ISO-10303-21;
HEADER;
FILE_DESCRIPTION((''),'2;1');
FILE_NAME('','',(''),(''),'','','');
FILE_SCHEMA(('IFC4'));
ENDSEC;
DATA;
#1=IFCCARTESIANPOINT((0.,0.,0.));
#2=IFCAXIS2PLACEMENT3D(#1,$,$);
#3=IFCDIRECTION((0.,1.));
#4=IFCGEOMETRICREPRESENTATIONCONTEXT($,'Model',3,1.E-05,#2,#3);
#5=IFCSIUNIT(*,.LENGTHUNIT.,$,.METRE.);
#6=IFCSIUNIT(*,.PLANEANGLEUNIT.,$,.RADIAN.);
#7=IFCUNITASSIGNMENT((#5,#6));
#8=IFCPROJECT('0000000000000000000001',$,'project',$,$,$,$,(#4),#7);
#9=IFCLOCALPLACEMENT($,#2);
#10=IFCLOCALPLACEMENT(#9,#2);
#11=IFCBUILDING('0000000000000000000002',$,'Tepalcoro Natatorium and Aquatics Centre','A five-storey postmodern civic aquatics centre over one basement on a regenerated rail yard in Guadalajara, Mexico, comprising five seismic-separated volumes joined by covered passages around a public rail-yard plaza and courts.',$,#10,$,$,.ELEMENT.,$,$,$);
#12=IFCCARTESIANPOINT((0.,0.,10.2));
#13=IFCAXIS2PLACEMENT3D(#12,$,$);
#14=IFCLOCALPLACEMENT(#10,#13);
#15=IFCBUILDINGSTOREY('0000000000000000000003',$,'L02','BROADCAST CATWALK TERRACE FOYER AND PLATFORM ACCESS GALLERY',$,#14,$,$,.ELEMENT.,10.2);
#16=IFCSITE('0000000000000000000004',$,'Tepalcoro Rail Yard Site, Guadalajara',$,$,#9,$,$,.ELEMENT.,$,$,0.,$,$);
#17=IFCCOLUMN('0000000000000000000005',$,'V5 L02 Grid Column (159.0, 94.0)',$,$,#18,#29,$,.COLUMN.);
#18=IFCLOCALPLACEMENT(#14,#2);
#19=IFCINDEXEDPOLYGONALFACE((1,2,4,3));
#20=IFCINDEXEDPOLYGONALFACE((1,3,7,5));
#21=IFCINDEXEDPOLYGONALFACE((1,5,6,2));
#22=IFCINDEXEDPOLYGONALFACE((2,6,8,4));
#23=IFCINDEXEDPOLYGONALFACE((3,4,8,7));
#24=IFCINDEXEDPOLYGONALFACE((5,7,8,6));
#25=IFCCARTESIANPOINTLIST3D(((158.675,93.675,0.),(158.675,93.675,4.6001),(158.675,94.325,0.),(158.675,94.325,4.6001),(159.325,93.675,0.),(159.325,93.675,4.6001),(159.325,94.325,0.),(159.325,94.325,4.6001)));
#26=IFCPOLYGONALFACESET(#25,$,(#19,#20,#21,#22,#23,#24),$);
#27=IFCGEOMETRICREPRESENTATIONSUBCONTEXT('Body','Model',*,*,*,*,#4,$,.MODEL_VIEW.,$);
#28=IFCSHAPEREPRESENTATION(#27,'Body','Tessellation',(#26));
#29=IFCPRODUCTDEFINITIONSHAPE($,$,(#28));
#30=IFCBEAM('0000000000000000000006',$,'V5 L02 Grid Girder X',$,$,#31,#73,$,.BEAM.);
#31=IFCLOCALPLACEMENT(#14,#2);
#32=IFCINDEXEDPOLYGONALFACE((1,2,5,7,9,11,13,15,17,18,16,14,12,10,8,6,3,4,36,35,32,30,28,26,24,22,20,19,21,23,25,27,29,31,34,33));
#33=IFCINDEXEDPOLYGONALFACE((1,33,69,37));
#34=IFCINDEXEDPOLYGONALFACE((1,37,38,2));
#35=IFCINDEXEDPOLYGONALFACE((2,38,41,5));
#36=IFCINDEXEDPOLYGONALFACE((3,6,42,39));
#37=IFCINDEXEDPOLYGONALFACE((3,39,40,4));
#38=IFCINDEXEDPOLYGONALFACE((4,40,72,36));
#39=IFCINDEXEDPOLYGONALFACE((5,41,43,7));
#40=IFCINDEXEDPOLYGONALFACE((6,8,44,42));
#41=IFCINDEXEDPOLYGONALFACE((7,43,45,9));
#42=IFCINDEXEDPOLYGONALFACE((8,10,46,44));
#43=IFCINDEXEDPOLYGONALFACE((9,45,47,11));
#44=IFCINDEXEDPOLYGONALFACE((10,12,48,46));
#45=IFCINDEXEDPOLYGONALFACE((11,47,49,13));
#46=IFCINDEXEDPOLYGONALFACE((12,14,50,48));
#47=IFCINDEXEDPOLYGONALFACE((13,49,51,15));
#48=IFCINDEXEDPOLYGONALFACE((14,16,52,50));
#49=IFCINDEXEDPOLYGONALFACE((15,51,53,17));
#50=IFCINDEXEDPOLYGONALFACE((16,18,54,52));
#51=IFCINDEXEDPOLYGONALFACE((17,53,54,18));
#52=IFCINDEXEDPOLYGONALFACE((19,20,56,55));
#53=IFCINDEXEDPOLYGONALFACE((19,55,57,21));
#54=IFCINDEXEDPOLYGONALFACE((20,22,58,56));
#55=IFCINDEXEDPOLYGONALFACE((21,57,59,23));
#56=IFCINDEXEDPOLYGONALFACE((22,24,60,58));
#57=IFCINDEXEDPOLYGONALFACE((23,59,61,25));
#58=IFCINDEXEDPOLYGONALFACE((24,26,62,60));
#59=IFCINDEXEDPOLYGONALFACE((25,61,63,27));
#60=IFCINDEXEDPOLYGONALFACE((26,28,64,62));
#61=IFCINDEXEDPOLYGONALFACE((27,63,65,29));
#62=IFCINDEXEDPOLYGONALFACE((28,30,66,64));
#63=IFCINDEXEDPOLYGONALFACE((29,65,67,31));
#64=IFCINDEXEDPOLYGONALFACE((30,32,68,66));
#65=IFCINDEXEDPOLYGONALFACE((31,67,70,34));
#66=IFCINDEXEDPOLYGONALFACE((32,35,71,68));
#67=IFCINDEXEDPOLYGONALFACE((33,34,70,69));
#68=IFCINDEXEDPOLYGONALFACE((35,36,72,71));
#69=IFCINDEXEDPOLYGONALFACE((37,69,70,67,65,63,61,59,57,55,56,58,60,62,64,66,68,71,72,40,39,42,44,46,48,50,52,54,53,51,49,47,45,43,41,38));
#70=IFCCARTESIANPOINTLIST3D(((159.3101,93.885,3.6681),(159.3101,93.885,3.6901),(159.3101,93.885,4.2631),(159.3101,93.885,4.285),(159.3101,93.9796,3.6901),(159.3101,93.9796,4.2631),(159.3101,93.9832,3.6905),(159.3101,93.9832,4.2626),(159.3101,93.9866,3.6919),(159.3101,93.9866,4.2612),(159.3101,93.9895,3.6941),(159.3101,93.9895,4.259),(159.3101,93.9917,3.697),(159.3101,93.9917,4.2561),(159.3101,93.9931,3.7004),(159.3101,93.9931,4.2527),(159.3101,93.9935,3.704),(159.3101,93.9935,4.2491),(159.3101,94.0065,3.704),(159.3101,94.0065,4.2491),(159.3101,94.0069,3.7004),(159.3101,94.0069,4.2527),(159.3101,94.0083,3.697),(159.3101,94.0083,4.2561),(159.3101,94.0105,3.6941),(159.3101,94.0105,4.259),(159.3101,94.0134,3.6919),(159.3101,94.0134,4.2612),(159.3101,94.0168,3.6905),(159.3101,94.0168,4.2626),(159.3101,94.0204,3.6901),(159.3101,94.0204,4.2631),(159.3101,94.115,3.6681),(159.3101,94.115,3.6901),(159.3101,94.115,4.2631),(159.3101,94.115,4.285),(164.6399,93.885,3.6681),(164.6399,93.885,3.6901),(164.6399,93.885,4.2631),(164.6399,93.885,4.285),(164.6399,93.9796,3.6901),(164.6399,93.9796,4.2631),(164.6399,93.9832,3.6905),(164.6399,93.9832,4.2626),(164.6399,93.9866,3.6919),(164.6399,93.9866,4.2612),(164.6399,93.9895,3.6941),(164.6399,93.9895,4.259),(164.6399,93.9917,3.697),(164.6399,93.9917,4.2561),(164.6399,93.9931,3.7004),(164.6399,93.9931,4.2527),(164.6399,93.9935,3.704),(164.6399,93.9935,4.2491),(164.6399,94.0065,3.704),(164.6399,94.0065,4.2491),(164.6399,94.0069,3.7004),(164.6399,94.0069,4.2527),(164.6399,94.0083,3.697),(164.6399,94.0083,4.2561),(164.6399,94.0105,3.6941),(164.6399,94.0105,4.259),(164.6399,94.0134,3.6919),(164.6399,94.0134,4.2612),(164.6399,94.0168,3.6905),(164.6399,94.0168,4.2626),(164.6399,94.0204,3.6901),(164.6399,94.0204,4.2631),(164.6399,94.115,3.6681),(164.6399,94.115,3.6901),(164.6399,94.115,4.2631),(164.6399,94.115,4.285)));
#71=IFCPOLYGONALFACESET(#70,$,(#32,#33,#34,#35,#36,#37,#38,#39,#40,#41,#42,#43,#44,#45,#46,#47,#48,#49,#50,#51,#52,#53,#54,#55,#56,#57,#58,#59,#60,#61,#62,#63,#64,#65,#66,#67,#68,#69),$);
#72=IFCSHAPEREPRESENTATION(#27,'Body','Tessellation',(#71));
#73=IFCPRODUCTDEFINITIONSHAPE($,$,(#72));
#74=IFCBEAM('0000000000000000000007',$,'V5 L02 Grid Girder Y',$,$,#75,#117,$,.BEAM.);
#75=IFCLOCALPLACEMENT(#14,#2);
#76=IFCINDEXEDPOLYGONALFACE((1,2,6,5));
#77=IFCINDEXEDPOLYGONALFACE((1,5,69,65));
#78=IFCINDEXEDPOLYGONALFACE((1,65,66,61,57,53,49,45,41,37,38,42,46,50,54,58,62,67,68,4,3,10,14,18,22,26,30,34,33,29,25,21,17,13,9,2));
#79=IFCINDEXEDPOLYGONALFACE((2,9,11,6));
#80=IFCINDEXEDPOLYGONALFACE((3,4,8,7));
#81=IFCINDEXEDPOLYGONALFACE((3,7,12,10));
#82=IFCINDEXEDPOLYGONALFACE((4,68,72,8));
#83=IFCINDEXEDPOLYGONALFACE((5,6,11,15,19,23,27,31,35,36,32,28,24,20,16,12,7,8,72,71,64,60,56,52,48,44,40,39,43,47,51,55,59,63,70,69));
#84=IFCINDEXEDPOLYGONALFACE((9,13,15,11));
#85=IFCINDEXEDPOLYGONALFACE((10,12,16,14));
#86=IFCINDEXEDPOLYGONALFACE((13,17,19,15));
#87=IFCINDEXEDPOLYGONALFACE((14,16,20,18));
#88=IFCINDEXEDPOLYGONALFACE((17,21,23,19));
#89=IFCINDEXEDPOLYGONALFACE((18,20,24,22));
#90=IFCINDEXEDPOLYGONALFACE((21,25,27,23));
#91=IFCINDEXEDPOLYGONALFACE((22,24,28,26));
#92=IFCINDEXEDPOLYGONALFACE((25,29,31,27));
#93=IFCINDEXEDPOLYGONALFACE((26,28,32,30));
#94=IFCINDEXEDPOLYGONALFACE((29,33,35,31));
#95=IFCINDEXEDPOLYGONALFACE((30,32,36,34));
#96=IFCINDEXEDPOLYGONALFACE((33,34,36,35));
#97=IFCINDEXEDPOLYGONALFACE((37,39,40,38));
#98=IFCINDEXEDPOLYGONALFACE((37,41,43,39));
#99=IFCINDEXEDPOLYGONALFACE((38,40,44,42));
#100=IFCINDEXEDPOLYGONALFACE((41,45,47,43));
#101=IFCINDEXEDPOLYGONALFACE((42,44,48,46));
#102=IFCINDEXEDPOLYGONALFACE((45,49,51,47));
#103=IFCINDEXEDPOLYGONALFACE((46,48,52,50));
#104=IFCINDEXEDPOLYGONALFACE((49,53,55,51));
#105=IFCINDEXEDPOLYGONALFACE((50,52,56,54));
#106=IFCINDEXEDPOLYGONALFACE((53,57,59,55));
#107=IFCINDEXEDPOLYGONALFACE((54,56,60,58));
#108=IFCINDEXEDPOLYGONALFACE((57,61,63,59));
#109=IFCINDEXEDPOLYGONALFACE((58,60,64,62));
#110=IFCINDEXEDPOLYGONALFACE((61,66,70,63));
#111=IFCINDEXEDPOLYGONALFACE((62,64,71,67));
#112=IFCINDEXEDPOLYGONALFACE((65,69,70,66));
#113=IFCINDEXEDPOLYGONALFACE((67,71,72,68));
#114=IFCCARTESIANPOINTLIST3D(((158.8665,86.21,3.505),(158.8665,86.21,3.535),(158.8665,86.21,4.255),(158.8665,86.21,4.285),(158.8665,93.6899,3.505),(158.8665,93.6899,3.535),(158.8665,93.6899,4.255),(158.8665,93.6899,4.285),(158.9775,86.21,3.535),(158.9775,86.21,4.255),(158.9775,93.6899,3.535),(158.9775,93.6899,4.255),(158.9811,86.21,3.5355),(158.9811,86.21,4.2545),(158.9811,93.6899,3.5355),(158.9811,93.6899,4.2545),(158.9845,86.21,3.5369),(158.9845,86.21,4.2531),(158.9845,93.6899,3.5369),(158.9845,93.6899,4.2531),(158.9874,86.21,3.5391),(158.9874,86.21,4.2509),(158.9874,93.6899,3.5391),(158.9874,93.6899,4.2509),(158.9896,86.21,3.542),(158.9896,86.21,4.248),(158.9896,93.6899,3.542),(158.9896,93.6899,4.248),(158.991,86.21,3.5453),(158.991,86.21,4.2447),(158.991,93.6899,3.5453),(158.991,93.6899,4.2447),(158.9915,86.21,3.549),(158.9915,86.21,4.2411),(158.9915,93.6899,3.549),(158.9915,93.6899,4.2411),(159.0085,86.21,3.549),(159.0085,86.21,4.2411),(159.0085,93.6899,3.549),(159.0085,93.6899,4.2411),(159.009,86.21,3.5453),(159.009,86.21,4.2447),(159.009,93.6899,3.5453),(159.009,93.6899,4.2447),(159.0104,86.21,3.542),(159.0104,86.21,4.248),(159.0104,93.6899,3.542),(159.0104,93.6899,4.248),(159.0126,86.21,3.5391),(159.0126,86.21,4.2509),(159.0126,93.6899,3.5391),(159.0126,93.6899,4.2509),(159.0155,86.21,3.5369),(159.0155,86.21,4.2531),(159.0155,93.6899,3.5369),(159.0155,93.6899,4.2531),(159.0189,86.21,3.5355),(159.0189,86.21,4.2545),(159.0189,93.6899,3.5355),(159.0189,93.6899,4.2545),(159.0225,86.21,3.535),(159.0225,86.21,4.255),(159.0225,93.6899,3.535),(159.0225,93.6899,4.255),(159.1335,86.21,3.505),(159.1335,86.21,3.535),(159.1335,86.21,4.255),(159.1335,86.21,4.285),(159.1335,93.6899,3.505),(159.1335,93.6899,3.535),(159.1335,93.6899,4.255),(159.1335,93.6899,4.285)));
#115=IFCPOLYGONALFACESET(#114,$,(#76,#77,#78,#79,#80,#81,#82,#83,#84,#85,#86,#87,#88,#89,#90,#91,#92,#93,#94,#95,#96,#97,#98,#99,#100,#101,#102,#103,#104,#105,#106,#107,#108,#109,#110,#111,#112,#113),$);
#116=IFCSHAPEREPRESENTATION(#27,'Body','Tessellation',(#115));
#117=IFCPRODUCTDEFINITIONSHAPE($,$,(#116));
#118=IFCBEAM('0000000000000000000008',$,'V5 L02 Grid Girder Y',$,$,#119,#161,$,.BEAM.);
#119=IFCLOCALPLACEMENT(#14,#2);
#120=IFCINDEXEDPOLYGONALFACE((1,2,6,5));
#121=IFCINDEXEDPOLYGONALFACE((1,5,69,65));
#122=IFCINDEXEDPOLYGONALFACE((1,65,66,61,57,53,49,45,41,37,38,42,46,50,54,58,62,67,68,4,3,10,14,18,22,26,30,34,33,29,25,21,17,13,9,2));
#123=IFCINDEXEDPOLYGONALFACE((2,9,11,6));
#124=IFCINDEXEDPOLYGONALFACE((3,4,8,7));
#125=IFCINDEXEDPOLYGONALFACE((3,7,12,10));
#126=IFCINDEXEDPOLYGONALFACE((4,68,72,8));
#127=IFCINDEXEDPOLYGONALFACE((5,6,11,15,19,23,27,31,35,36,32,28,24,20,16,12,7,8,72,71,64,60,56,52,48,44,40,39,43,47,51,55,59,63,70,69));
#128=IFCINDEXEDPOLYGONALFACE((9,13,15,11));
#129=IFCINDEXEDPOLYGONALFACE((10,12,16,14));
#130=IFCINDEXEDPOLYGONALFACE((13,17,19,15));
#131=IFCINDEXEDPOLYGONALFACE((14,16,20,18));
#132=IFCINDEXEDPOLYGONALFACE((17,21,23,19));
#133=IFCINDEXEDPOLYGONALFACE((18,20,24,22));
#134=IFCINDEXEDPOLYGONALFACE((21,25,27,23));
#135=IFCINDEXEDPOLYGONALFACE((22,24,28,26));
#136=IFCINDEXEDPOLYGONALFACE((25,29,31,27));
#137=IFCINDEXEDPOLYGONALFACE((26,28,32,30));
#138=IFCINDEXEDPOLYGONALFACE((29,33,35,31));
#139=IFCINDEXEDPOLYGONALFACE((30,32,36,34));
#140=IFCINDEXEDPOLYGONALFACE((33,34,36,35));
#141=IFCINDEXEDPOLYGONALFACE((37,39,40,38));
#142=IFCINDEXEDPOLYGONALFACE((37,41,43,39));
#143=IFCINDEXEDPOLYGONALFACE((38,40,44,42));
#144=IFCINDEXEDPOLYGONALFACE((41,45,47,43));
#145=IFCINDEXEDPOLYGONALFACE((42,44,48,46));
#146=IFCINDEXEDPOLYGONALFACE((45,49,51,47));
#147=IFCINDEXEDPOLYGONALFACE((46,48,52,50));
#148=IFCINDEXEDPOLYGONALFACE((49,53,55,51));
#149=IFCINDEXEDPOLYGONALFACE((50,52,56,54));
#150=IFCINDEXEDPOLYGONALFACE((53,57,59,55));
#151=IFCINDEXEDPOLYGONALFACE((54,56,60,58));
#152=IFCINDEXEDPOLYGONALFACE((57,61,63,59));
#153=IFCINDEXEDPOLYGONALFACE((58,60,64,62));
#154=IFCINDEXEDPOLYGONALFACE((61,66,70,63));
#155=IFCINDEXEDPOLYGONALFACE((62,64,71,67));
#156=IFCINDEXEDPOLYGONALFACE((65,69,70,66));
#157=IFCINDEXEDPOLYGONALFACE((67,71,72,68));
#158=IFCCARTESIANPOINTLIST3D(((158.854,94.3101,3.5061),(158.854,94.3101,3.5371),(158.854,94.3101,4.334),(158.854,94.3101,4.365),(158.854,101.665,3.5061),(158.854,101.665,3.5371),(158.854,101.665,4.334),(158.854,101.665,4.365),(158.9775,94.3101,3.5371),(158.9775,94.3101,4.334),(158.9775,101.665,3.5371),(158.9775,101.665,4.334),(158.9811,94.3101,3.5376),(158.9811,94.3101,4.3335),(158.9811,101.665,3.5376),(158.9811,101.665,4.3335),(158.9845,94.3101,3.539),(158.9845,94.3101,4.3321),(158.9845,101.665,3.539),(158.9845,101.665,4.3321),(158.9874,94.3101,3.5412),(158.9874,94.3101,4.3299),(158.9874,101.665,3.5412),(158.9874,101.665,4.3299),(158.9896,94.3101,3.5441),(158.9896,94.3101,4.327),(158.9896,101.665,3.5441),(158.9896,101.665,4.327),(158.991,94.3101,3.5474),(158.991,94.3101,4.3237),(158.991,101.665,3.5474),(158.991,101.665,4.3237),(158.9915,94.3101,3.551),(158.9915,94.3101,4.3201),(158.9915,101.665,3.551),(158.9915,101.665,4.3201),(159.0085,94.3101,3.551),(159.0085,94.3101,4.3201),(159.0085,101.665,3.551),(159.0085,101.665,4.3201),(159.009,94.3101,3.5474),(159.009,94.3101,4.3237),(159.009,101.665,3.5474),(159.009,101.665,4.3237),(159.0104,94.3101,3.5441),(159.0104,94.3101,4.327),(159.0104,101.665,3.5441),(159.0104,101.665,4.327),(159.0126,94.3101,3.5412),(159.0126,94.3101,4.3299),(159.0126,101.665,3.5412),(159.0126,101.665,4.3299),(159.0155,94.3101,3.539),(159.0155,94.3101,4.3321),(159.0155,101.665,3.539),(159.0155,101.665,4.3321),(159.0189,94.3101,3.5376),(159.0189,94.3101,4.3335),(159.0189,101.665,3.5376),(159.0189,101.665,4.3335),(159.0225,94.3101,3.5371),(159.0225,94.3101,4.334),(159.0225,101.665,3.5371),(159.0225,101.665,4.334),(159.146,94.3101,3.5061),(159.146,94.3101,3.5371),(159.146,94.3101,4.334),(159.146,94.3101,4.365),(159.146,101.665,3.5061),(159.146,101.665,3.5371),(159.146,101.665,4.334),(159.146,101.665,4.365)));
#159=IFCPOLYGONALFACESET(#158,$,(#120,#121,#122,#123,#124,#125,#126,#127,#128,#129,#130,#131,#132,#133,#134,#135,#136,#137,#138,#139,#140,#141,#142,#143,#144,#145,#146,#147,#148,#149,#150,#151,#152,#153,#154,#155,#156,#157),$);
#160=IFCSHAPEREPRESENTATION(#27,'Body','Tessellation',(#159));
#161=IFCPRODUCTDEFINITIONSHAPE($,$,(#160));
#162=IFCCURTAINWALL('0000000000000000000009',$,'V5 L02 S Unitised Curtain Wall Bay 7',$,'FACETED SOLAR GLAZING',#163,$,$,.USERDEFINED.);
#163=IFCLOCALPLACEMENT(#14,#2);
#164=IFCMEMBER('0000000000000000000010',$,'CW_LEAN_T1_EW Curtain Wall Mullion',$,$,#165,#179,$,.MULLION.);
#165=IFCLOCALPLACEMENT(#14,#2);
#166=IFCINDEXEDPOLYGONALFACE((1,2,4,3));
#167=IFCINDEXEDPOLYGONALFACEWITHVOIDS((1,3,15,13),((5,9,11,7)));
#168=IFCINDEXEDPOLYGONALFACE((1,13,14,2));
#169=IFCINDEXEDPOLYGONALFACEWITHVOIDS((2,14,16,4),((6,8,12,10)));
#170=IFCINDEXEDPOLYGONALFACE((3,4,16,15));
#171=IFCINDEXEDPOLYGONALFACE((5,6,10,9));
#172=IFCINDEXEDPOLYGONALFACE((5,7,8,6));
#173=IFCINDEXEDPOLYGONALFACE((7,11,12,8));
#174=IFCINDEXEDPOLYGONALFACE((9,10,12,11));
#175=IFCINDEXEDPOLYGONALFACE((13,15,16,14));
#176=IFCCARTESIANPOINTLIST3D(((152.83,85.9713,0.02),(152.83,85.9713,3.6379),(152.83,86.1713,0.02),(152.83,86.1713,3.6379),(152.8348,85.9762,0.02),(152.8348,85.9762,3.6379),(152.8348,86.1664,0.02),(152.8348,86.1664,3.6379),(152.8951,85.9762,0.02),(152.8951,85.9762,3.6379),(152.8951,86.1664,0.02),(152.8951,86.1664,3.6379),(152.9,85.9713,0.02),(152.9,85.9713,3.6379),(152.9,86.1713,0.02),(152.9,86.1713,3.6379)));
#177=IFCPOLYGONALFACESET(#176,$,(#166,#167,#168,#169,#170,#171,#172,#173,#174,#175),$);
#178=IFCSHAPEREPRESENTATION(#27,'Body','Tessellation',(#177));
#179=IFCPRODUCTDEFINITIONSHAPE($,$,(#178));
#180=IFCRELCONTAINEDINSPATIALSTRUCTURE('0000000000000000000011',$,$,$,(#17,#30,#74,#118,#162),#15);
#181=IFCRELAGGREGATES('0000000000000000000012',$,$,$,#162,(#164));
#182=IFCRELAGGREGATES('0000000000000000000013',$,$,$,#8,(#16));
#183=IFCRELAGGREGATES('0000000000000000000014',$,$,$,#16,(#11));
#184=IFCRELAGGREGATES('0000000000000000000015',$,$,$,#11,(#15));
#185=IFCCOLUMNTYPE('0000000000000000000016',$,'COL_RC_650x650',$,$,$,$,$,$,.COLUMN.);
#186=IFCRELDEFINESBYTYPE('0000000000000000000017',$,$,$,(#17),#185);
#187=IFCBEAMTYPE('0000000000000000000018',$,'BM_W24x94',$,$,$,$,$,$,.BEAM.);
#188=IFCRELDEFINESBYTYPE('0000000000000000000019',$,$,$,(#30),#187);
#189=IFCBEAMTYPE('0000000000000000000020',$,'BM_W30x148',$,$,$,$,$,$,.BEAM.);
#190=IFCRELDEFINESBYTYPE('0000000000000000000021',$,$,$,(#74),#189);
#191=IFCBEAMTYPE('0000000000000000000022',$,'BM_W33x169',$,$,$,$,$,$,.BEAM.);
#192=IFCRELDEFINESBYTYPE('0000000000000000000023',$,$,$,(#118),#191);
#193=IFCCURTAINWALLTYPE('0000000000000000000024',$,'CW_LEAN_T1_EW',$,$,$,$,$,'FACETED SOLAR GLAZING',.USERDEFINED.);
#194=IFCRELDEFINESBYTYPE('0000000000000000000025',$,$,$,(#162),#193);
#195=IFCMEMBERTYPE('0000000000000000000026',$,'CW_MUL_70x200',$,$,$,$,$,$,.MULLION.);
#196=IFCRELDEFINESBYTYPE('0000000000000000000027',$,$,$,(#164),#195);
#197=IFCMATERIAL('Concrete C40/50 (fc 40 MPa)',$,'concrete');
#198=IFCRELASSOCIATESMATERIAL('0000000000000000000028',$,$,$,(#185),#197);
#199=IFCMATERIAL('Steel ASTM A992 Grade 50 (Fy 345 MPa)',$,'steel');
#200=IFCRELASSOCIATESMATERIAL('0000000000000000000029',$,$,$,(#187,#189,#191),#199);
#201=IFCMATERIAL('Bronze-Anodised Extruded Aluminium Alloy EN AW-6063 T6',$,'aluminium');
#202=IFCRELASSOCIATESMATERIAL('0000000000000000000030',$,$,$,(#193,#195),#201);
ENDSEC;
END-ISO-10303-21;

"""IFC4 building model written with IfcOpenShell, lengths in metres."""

from ifc_helpers import new_model, si_unit, direction, frame, origin, origin_2d, place, context, subcontext, project, spatial, rectangle, hollow_rectangle, i_section, extrude, material, material_profile, profile_set, type_object, element, aggregate, save


model = new_model("IFC4")

# Units and contexts
model_context = context("Model", 3, precision=1e-05, world=origin(), true_north=direction((0.0, 1.0)))
body_context = subcontext(model_context, "Body", "Model", "MODEL_VIEW")
ifc_project = project(units=[si_unit("LENGTHUNIT", "METRE"), si_unit("PLANEANGLEUNIT", "RADIAN")], contexts=[model_context])

# Site, building, storey
site_placement = place(None, origin())
site = spatial("IfcSite", under=ifc_project, at=site_placement, Name="Tepalcoro Rail Yard Site, Guadalajara", CompositionType="ELEMENT", RefElevation=0.0)
building_placement = place(site_placement, origin())
building = spatial("IfcBuilding", under=site, at=building_placement, Name="Tepalcoro Natatorium and Aquatics Centre", Description="A five-storey postmodern civic aquatics centre over one basement on a regenerated rail yard in Guadalajara, Mexico, comprising five seismic-separated volumes joined by covered passages around a public rail-yard plaza and courts.", CompositionType="ELEMENT")
storey_placement = place(building_placement, frame((0.0, 0.0, 10.2)))
storey = spatial("IfcBuildingStorey", under=building, at=storey_placement, Name="L02", Description="BROADCAST CATWALK TERRACE FOYER AND PLATFORM ACCESS GALLERY", CompositionType="ELEMENT", Elevation=10.2)

# Column
ifc_material_1 = material(Name="Concrete C40/50 (fc 40 MPa)", Category="concrete")
ifc_material_profile_1 = material_profile(ifc_material_1, rectangle(XDim=0.6499, YDim=0.6499, at=origin_2d()), Name="RC650x650")
ifc_profile_set_1 = profile_set([ifc_material_profile_1], Name="Concrete C40/50 (fc 40 MPa)")
column_type = type_object("IfcColumnType", Name="COL_RC_650x650", PredefinedType="COLUMN", material=ifc_profile_set_1)
column_placement = place(storey_placement, frame((159.0, 94.0, 0.0), z_axis=(0.0, 0.0, 1.0), x_axis=(1.0, 0.0, 0.0)))
element("IfcColumn", 1, at=column_placement, inside=storey, type_object=column_type, Name="V5 L02 Grid Column (159.0, 94.0)", PredefinedType="COLUMN", context=body_context, shape_type="SweptSolid", body=[
    extrude(rectangle(XDim=0.6499, YDim=0.6499, at=origin_2d()), origin(), (0.0, 0.0, 1.0), 4.6001),
])

# Beams
ifc_material_2 = material(Name="Steel ASTM A992 Grade 50 (Fy 345 MPa)", Category="steel")
ifc_material_profile_2 = material_profile(ifc_material_2, i_section(OverallWidth=0.23, OverallDepth=0.6169, WebThickness=0.0129, FlangeThickness=0.022, FilletRadius=0.0139, at=origin_2d()), Name="W24X94")
ifc_profile_set_2 = profile_set([ifc_material_profile_2], Name="Steel ASTM A992 Grade 50 (Fy 345 MPa)")
beam_type_1 = type_object("IfcBeamType", Name="BM_W24x94", PredefinedType="BEAM", material=ifc_profile_set_2)
beam_1_placement = place(storey_placement, frame((159.3101, 94.0, 3.9766), z_axis=(1.0, 0.0, 0.0), x_axis=(0.0, 1.0, 0.0)))
element("IfcBeam", 2, at=beam_1_placement, inside=storey, type_object=beam_type_1, Name="V5 L02 Grid Girder X", PredefinedType="BEAM", context=body_context, shape_type="SweptSolid", body=[
    extrude(i_section(OverallWidth=0.23, OverallDepth=0.6169, WebThickness=0.0129, FlangeThickness=0.022, FilletRadius=0.0139, at=origin_2d()), origin(), (0.0, 0.0, 1.0), 5.3298),
])
ifc_material_profile_3 = material_profile(ifc_material_2, i_section(OverallWidth=0.2671, OverallDepth=0.78, WebThickness=0.0171, FlangeThickness=0.03, FilletRadius=0.0139, at=origin_2d()), Name="W30X148")
ifc_profile_set_3 = profile_set([ifc_material_profile_3], Name="Steel ASTM A992 Grade 50 (Fy 345 MPa)")
beam_type_2 = type_object("IfcBeamType", Name="BM_W30x148", PredefinedType="BEAM", material=ifc_profile_set_3)
beam_2_placement = place(storey_placement, frame((159.0, 86.21, 3.895), z_axis=(0.0, 1.0, 0.0), x_axis=(-1.0, 0.0, 0.0)))
element("IfcBeam", 3, at=beam_2_placement, inside=storey, type_object=beam_type_2, Name="V5 L02 Grid Girder Y", PredefinedType="BEAM", context=body_context, shape_type="SweptSolid", body=[
    extrude(i_section(OverallWidth=0.2671, OverallDepth=0.78, WebThickness=0.0171, FlangeThickness=0.03, FilletRadius=0.0139, at=origin_2d()), origin(), (0.0, 0.0, 1.0), 7.48),
])
ifc_material_profile_4 = material_profile(ifc_material_2, i_section(OverallWidth=0.292, OverallDepth=0.8589, WebThickness=0.0171, FlangeThickness=0.031, FilletRadius=0.0139, at=origin_2d()), Name="W33X169")
ifc_profile_set_4 = profile_set([ifc_material_profile_4], Name="Steel ASTM A992 Grade 50 (Fy 345 MPa)")
beam_type_3 = type_object("IfcBeamType", Name="BM_W33x169", PredefinedType="BEAM", material=ifc_profile_set_4)
beam_3_placement = place(storey_placement, frame((159.0, 94.3101, 3.9355), z_axis=(0.0, 1.0, 0.0), x_axis=(-1.0, 0.0, 0.0)))
element("IfcBeam", 4, at=beam_3_placement, inside=storey, type_object=beam_type_3, Name="V5 L02 Grid Girder Y", PredefinedType="BEAM", context=body_context, shape_type="SweptSolid", body=[
    extrude(i_section(OverallWidth=0.292, OverallDepth=0.8589, WebThickness=0.0171, FlangeThickness=0.031, FilletRadius=0.0139, at=origin_2d()), origin(), (0.0, 0.0, 1.0), 7.355),
])

# Curtain wall, member
ifc_material_3 = material(Name="Bronze-Anodised Extruded Aluminium Alloy EN AW-6063 T6", Category="aluminium")
curtain_wall_type_1 = type_object("IfcCurtainWallType", Name="CW_LEAN_T1_EW", ElementType="FACETED SOLAR GLAZING", PredefinedType="USERDEFINED", material=ifc_material_3)
curtain_wall_1_placement = place(storey_placement, origin())
curtain_wall_1 = element("IfcCurtainWall", 5, at=curtain_wall_1_placement, inside=storey, type_object=curtain_wall_type_1, Name="V5 L02 S Unitised Curtain Wall Bay 7", ObjectType="FACETED SOLAR GLAZING", PredefinedType="USERDEFINED")
ifc_material_profile_5 = material_profile(ifc_material_3, hollow_rectangle(XDim=0.0701, YDim=0.2, WallThickness=0.0049, at=origin_2d()), Name="AL70X200X5")
ifc_profile_set_5 = profile_set([ifc_material_profile_5], Name="Bronze-Anodised Extruded Aluminium Alloy EN AW-6063 T6")
member_type_1 = type_object("IfcMemberType", Name="CW_MUL_70x200", PredefinedType="MULLION", material=ifc_profile_set_5)
member_1_placement = place(storey_placement, frame((152.865, 86.0713, 0.02), z_axis=(0.0, 0.0, 1.0), x_axis=(1.0, 0.0, 0.0)))
member_1 = element("IfcMember", 6, at=member_1_placement, type_object=member_type_1, Name="CW_LEAN_T1_EW Curtain Wall Mullion", PredefinedType="MULLION", context=body_context, shape_type="SweptSolid", body=[
    extrude(hollow_rectangle(XDim=0.0701, YDim=0.2, WallThickness=0.0049, at=origin_2d()), origin(), (0.0, 0.0, 1.0), 3.6179),
])

aggregate(curtain_wall_1, [member_1])

save(model, "model.ifc")
